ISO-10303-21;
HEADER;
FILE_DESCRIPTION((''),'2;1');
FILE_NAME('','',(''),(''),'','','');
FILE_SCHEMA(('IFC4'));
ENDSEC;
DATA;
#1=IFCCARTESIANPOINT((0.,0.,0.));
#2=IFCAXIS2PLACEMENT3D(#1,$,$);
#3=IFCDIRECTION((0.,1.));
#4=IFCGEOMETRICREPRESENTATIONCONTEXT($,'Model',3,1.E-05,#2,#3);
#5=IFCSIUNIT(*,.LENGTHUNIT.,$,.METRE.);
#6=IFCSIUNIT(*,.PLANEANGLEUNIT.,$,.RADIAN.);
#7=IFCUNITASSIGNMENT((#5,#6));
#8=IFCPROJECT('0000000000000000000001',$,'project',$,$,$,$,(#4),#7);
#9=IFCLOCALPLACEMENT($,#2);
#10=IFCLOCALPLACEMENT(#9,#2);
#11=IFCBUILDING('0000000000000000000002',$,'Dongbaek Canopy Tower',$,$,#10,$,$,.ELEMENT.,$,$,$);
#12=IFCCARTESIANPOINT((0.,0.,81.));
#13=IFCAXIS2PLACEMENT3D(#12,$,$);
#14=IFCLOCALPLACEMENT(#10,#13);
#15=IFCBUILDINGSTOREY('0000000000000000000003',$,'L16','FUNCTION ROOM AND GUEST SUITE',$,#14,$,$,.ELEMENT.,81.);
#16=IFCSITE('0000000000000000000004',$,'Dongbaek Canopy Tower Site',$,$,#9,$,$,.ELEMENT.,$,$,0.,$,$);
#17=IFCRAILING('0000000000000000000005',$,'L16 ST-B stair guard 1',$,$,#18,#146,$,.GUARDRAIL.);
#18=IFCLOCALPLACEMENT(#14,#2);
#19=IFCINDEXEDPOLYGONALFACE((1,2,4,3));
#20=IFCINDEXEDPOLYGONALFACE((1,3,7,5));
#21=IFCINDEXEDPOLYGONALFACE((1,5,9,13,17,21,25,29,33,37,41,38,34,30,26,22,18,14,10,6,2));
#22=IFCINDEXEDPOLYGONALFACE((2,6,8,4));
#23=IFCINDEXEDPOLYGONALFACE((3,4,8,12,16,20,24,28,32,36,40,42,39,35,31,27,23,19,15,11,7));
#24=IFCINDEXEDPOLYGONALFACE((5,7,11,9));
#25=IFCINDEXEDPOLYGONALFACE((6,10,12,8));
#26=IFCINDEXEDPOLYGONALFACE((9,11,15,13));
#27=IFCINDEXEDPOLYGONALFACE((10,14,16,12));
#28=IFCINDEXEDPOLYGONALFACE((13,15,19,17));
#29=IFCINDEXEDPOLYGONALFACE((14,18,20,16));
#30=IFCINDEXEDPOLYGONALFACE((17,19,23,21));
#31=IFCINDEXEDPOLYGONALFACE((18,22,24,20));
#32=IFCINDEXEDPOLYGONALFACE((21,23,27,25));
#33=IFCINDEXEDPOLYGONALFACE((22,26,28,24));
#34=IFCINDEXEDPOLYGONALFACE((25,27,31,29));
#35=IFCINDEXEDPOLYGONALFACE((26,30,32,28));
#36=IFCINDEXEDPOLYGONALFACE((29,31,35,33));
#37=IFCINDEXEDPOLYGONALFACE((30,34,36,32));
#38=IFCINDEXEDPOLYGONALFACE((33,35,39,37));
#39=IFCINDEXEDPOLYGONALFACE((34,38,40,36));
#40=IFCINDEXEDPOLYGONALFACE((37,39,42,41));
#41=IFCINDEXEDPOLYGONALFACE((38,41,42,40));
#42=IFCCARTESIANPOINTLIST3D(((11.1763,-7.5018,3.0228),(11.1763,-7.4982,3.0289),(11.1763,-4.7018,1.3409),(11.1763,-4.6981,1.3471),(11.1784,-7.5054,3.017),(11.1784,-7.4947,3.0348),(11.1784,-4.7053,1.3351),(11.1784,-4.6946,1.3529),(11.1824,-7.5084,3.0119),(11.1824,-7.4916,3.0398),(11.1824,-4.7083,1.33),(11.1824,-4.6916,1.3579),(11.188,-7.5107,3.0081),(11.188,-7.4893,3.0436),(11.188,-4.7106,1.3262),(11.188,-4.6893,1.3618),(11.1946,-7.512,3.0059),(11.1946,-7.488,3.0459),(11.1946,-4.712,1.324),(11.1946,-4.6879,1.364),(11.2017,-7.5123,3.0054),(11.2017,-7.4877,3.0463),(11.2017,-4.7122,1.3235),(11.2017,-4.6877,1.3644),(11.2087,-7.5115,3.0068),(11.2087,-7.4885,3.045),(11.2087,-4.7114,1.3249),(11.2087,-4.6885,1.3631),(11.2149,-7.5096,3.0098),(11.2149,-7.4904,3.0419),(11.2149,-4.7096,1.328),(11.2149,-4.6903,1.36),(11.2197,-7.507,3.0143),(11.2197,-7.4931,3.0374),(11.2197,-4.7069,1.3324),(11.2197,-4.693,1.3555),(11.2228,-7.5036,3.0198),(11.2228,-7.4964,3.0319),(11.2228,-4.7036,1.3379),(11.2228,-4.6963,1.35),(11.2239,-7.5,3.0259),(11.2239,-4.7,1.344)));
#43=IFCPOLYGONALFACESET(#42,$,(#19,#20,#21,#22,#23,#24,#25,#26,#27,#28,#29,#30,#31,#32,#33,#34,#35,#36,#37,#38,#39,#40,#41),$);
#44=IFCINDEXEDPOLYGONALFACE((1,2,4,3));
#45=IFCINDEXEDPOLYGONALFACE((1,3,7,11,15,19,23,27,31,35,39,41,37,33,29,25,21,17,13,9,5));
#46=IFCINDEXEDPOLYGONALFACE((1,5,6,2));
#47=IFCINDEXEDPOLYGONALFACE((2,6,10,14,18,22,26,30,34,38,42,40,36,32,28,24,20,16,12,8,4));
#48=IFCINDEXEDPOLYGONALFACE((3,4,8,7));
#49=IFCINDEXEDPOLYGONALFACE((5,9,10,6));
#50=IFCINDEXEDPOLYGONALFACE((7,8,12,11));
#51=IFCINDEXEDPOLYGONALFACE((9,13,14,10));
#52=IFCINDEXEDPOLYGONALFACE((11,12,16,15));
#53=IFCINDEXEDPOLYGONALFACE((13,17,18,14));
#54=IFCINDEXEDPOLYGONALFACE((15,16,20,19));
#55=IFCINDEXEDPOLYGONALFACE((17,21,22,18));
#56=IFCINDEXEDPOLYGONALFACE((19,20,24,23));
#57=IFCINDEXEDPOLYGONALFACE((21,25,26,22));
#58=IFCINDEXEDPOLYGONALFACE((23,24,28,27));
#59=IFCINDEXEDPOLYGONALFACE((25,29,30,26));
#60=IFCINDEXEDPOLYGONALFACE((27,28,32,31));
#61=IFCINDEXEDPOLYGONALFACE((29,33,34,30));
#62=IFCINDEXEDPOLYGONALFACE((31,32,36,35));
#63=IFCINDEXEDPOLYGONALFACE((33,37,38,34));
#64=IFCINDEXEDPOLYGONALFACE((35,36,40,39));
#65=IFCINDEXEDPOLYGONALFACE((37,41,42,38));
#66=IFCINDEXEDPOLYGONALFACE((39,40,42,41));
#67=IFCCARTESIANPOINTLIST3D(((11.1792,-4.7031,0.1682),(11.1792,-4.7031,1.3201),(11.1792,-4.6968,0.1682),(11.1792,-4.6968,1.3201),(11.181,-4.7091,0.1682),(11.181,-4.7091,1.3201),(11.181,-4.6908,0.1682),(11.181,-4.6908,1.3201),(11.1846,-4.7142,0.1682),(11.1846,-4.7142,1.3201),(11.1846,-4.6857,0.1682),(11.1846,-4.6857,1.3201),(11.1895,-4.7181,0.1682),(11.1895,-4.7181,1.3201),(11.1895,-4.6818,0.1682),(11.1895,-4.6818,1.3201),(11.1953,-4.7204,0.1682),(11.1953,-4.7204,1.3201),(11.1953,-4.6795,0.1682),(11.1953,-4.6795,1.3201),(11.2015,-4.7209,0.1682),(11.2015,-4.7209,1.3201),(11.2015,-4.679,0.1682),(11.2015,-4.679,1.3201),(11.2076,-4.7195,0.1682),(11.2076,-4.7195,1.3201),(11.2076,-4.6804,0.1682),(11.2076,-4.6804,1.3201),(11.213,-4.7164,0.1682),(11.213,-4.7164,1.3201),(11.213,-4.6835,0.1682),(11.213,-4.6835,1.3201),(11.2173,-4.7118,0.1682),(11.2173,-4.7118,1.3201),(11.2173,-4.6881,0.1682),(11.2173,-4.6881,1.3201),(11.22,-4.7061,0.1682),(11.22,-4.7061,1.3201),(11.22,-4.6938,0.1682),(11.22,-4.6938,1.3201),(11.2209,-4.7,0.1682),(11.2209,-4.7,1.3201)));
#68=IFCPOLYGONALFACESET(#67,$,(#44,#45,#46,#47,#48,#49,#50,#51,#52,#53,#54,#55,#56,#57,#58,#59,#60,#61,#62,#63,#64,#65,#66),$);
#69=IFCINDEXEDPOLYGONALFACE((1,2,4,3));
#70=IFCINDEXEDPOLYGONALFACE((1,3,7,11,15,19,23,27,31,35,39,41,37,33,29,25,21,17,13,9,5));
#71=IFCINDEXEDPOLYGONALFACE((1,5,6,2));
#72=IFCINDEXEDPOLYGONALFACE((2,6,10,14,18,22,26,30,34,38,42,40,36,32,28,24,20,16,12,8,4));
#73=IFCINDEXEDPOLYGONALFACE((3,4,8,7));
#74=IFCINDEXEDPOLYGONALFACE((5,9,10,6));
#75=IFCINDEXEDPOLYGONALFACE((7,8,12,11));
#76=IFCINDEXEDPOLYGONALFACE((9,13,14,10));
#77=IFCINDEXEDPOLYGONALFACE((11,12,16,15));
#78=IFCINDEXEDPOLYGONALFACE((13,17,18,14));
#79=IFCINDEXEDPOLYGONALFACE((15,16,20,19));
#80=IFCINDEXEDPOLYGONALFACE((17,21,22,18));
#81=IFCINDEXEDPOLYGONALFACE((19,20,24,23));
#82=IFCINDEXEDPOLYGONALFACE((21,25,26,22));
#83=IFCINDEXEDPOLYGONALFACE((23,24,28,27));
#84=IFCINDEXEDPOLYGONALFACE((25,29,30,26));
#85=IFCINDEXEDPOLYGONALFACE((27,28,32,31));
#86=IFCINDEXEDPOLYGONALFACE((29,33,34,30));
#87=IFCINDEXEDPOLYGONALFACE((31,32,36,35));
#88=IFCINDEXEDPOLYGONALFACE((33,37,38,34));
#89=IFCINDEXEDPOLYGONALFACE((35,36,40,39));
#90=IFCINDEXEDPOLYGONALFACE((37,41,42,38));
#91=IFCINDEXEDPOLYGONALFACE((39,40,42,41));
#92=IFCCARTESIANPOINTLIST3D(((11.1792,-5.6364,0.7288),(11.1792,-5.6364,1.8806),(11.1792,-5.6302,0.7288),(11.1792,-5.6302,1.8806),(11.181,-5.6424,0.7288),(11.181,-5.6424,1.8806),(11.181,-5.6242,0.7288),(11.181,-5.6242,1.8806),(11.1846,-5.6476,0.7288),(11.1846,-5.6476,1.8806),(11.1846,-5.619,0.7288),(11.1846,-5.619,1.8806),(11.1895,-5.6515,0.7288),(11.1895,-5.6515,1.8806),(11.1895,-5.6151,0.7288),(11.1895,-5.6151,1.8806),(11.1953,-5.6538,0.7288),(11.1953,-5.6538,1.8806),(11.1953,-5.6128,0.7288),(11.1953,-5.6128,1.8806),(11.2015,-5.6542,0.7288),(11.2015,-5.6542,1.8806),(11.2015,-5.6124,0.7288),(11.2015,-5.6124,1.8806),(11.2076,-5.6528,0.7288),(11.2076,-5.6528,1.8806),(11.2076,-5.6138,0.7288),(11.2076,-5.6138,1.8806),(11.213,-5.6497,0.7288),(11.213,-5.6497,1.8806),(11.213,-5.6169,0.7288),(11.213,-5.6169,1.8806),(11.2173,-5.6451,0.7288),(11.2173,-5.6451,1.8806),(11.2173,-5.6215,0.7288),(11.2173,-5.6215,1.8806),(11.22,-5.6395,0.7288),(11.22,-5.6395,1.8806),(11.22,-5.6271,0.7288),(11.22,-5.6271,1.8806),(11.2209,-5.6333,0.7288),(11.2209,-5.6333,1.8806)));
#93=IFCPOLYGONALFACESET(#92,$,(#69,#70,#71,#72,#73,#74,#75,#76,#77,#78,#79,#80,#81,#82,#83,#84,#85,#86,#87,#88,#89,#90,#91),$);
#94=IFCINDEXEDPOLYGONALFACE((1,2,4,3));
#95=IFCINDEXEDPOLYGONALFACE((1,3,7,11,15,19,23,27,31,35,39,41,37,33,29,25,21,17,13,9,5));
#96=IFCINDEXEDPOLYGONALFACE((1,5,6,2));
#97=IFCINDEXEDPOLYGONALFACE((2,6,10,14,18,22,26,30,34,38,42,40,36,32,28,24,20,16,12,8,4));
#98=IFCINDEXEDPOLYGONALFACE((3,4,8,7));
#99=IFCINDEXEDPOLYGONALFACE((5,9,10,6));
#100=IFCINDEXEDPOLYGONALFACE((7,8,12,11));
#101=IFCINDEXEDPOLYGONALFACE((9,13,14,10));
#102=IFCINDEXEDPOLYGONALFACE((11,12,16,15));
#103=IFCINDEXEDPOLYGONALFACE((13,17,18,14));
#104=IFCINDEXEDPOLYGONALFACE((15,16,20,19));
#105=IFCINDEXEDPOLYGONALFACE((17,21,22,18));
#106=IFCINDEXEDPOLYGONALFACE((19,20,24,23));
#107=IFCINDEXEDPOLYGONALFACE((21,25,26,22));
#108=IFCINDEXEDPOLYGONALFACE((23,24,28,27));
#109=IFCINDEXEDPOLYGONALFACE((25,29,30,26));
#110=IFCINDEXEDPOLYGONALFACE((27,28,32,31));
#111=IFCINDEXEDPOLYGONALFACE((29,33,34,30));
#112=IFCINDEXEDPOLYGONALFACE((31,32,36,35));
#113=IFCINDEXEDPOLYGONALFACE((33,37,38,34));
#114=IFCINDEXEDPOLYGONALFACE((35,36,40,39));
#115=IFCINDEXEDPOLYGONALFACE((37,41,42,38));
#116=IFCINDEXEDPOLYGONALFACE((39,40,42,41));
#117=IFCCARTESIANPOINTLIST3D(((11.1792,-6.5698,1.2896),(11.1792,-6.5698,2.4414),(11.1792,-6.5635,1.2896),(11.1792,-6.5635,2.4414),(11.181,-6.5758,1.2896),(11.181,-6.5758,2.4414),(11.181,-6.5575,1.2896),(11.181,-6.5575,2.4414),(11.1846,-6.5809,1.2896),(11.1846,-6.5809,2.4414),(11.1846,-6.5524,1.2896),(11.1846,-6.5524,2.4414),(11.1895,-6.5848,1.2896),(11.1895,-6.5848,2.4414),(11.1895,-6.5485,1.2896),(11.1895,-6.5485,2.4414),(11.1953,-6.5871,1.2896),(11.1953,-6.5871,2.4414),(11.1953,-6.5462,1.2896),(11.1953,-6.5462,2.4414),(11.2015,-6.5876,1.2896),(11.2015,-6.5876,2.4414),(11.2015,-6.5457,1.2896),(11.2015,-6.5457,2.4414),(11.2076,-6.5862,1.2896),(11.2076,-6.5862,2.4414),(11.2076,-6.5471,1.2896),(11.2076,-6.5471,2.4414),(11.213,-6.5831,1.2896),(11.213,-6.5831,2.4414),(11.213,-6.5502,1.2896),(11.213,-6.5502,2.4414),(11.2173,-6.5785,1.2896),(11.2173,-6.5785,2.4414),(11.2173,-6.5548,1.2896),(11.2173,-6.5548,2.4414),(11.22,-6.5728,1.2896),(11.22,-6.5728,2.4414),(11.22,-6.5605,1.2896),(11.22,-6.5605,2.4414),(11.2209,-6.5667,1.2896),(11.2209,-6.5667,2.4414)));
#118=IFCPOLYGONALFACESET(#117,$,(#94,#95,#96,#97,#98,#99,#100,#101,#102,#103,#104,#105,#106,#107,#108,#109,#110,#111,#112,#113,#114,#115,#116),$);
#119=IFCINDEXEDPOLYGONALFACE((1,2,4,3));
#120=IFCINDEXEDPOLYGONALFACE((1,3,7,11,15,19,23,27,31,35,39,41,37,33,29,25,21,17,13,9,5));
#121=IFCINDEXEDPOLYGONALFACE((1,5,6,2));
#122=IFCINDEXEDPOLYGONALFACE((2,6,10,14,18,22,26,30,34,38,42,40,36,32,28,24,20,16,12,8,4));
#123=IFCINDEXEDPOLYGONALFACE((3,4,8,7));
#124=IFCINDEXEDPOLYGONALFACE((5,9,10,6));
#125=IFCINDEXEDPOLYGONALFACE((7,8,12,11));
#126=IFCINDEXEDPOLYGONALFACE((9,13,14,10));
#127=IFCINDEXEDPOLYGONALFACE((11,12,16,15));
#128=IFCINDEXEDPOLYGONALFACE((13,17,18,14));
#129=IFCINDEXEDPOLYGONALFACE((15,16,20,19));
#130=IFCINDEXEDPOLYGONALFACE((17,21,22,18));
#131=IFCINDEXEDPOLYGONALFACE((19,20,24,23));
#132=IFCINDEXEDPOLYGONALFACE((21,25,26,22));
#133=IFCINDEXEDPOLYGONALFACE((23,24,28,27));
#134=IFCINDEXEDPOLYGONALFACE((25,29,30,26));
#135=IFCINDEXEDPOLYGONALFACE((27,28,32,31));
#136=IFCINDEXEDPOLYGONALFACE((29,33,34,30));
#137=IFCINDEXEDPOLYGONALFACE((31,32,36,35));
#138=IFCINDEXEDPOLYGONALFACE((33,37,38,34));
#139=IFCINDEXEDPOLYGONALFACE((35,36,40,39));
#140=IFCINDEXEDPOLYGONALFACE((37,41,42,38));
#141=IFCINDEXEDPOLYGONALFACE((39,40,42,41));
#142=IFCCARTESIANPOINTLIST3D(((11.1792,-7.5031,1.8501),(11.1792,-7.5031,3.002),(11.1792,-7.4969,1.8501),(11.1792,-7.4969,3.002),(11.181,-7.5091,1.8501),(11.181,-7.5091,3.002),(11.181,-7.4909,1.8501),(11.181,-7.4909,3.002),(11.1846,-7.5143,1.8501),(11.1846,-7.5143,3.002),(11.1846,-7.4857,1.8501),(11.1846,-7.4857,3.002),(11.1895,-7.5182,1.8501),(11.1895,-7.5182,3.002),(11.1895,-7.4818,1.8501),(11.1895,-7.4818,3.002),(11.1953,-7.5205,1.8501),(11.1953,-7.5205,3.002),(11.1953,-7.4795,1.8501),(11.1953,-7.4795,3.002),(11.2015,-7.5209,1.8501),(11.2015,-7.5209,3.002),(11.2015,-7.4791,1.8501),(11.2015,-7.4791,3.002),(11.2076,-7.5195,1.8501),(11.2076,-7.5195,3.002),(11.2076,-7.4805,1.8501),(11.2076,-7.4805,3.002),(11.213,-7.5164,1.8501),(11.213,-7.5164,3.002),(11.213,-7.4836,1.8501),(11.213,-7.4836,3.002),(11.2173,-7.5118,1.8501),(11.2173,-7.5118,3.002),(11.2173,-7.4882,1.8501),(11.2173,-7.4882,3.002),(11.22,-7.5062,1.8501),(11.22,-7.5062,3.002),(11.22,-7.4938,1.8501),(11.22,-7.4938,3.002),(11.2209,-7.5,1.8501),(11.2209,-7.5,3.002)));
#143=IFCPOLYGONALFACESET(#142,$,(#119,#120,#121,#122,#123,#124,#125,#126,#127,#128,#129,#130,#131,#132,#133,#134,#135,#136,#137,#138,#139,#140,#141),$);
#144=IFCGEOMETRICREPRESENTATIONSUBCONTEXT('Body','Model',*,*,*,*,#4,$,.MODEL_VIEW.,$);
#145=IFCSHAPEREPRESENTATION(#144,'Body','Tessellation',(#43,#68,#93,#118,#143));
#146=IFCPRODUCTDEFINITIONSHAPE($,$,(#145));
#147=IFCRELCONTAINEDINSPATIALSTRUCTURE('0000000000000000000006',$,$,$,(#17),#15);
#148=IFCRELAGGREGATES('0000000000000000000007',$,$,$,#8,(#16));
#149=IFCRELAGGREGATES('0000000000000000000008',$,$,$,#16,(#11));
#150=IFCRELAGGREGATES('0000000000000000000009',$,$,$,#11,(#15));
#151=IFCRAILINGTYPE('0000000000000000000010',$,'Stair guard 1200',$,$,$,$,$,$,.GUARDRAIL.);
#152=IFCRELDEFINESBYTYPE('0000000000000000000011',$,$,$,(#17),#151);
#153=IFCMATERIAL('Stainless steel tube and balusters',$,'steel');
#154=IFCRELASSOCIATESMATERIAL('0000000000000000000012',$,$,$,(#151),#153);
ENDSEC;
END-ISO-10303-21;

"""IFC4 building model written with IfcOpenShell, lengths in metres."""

from ifc_helpers import new_model, si_unit, direction, frame, origin, origin_2d, place, context, subcontext, project, spatial, circle, extrude, material, type_object, element, save


model = new_model("IFC4")

# Units and contexts
model_context = context("Model", 3, precision=1e-05, world=origin(), true_north=direction((0.0, 1.0)))
body_context = subcontext(model_context, "Body", "Model", "MODEL_VIEW")
ifc_project = project(units=[si_unit("LENGTHUNIT", "METRE"), si_unit("PLANEANGLEUNIT", "RADIAN")], contexts=[model_context])

# Site, building, storey
site_placement = place(None, origin())
site = spatial("IfcSite", under=ifc_project, at=site_placement, Name="Dongbaek Canopy Tower Site", CompositionType="ELEMENT", RefElevation=0.0)
building_placement = place(site_placement, origin())
building = spatial("IfcBuilding", under=site, at=building_placement, Name="Dongbaek Canopy Tower", CompositionType="ELEMENT")
storey_placement = place(building_placement, frame((0.0, 0.0, 81.0)))
storey = spatial("IfcBuildingStorey", under=building, at=storey_placement, Name="L16", Description="FUNCTION ROOM AND GUEST SUITE", CompositionType="ELEMENT", Elevation=81.0)

# Railing
ifc_material_1 = material(Name="Stainless steel tube and balusters", Category="steel")
railing_type_1 = type_object("IfcRailingType", Name="Stair guard 1200", PredefinedType="GUARDRAIL", material=ifc_material_1)
railing_1_placement = place(storey_placement, frame((11.2, -4.7, 0.1682)))
element("IfcRailing", 1, at=railing_1_placement, inside=storey, type_object=railing_type_1, Name="L16 ST-B stair guard 1", PredefinedType="GUARDRAIL", context=body_context, shape_type="SweptSolid", body=[
    extrude(circle(Radius=0.0239, at=origin_2d()), frame((0.0, 0.0, 1.1758), z_axis=(0.0, -0.857242, 0.514913), x_axis=(1.0, 0.0, 0.0)), (0.0, 0.0, 1.0), 3.2664),
    extrude(circle(Radius=0.021, at=origin_2d()), origin(), (0.0, 0.0, 1.0), 1.1519),
    extrude(circle(Radius=0.021, at=origin_2d()), frame((0.0, -0.9333, 0.5605)), (0.0, 0.0, 1.0), 1.1519),
    extrude(circle(Radius=0.021, at=origin_2d()), frame((0.0, -1.8667, 1.1213)), (0.0, 0.0, 1.0), 1.1519),
    extrude(circle(Radius=0.021, at=origin_2d()), frame((0.0, -2.8, 1.6819)), (0.0, 0.0, 1.0), 1.1519),
])

save(model, "model.ifc")
